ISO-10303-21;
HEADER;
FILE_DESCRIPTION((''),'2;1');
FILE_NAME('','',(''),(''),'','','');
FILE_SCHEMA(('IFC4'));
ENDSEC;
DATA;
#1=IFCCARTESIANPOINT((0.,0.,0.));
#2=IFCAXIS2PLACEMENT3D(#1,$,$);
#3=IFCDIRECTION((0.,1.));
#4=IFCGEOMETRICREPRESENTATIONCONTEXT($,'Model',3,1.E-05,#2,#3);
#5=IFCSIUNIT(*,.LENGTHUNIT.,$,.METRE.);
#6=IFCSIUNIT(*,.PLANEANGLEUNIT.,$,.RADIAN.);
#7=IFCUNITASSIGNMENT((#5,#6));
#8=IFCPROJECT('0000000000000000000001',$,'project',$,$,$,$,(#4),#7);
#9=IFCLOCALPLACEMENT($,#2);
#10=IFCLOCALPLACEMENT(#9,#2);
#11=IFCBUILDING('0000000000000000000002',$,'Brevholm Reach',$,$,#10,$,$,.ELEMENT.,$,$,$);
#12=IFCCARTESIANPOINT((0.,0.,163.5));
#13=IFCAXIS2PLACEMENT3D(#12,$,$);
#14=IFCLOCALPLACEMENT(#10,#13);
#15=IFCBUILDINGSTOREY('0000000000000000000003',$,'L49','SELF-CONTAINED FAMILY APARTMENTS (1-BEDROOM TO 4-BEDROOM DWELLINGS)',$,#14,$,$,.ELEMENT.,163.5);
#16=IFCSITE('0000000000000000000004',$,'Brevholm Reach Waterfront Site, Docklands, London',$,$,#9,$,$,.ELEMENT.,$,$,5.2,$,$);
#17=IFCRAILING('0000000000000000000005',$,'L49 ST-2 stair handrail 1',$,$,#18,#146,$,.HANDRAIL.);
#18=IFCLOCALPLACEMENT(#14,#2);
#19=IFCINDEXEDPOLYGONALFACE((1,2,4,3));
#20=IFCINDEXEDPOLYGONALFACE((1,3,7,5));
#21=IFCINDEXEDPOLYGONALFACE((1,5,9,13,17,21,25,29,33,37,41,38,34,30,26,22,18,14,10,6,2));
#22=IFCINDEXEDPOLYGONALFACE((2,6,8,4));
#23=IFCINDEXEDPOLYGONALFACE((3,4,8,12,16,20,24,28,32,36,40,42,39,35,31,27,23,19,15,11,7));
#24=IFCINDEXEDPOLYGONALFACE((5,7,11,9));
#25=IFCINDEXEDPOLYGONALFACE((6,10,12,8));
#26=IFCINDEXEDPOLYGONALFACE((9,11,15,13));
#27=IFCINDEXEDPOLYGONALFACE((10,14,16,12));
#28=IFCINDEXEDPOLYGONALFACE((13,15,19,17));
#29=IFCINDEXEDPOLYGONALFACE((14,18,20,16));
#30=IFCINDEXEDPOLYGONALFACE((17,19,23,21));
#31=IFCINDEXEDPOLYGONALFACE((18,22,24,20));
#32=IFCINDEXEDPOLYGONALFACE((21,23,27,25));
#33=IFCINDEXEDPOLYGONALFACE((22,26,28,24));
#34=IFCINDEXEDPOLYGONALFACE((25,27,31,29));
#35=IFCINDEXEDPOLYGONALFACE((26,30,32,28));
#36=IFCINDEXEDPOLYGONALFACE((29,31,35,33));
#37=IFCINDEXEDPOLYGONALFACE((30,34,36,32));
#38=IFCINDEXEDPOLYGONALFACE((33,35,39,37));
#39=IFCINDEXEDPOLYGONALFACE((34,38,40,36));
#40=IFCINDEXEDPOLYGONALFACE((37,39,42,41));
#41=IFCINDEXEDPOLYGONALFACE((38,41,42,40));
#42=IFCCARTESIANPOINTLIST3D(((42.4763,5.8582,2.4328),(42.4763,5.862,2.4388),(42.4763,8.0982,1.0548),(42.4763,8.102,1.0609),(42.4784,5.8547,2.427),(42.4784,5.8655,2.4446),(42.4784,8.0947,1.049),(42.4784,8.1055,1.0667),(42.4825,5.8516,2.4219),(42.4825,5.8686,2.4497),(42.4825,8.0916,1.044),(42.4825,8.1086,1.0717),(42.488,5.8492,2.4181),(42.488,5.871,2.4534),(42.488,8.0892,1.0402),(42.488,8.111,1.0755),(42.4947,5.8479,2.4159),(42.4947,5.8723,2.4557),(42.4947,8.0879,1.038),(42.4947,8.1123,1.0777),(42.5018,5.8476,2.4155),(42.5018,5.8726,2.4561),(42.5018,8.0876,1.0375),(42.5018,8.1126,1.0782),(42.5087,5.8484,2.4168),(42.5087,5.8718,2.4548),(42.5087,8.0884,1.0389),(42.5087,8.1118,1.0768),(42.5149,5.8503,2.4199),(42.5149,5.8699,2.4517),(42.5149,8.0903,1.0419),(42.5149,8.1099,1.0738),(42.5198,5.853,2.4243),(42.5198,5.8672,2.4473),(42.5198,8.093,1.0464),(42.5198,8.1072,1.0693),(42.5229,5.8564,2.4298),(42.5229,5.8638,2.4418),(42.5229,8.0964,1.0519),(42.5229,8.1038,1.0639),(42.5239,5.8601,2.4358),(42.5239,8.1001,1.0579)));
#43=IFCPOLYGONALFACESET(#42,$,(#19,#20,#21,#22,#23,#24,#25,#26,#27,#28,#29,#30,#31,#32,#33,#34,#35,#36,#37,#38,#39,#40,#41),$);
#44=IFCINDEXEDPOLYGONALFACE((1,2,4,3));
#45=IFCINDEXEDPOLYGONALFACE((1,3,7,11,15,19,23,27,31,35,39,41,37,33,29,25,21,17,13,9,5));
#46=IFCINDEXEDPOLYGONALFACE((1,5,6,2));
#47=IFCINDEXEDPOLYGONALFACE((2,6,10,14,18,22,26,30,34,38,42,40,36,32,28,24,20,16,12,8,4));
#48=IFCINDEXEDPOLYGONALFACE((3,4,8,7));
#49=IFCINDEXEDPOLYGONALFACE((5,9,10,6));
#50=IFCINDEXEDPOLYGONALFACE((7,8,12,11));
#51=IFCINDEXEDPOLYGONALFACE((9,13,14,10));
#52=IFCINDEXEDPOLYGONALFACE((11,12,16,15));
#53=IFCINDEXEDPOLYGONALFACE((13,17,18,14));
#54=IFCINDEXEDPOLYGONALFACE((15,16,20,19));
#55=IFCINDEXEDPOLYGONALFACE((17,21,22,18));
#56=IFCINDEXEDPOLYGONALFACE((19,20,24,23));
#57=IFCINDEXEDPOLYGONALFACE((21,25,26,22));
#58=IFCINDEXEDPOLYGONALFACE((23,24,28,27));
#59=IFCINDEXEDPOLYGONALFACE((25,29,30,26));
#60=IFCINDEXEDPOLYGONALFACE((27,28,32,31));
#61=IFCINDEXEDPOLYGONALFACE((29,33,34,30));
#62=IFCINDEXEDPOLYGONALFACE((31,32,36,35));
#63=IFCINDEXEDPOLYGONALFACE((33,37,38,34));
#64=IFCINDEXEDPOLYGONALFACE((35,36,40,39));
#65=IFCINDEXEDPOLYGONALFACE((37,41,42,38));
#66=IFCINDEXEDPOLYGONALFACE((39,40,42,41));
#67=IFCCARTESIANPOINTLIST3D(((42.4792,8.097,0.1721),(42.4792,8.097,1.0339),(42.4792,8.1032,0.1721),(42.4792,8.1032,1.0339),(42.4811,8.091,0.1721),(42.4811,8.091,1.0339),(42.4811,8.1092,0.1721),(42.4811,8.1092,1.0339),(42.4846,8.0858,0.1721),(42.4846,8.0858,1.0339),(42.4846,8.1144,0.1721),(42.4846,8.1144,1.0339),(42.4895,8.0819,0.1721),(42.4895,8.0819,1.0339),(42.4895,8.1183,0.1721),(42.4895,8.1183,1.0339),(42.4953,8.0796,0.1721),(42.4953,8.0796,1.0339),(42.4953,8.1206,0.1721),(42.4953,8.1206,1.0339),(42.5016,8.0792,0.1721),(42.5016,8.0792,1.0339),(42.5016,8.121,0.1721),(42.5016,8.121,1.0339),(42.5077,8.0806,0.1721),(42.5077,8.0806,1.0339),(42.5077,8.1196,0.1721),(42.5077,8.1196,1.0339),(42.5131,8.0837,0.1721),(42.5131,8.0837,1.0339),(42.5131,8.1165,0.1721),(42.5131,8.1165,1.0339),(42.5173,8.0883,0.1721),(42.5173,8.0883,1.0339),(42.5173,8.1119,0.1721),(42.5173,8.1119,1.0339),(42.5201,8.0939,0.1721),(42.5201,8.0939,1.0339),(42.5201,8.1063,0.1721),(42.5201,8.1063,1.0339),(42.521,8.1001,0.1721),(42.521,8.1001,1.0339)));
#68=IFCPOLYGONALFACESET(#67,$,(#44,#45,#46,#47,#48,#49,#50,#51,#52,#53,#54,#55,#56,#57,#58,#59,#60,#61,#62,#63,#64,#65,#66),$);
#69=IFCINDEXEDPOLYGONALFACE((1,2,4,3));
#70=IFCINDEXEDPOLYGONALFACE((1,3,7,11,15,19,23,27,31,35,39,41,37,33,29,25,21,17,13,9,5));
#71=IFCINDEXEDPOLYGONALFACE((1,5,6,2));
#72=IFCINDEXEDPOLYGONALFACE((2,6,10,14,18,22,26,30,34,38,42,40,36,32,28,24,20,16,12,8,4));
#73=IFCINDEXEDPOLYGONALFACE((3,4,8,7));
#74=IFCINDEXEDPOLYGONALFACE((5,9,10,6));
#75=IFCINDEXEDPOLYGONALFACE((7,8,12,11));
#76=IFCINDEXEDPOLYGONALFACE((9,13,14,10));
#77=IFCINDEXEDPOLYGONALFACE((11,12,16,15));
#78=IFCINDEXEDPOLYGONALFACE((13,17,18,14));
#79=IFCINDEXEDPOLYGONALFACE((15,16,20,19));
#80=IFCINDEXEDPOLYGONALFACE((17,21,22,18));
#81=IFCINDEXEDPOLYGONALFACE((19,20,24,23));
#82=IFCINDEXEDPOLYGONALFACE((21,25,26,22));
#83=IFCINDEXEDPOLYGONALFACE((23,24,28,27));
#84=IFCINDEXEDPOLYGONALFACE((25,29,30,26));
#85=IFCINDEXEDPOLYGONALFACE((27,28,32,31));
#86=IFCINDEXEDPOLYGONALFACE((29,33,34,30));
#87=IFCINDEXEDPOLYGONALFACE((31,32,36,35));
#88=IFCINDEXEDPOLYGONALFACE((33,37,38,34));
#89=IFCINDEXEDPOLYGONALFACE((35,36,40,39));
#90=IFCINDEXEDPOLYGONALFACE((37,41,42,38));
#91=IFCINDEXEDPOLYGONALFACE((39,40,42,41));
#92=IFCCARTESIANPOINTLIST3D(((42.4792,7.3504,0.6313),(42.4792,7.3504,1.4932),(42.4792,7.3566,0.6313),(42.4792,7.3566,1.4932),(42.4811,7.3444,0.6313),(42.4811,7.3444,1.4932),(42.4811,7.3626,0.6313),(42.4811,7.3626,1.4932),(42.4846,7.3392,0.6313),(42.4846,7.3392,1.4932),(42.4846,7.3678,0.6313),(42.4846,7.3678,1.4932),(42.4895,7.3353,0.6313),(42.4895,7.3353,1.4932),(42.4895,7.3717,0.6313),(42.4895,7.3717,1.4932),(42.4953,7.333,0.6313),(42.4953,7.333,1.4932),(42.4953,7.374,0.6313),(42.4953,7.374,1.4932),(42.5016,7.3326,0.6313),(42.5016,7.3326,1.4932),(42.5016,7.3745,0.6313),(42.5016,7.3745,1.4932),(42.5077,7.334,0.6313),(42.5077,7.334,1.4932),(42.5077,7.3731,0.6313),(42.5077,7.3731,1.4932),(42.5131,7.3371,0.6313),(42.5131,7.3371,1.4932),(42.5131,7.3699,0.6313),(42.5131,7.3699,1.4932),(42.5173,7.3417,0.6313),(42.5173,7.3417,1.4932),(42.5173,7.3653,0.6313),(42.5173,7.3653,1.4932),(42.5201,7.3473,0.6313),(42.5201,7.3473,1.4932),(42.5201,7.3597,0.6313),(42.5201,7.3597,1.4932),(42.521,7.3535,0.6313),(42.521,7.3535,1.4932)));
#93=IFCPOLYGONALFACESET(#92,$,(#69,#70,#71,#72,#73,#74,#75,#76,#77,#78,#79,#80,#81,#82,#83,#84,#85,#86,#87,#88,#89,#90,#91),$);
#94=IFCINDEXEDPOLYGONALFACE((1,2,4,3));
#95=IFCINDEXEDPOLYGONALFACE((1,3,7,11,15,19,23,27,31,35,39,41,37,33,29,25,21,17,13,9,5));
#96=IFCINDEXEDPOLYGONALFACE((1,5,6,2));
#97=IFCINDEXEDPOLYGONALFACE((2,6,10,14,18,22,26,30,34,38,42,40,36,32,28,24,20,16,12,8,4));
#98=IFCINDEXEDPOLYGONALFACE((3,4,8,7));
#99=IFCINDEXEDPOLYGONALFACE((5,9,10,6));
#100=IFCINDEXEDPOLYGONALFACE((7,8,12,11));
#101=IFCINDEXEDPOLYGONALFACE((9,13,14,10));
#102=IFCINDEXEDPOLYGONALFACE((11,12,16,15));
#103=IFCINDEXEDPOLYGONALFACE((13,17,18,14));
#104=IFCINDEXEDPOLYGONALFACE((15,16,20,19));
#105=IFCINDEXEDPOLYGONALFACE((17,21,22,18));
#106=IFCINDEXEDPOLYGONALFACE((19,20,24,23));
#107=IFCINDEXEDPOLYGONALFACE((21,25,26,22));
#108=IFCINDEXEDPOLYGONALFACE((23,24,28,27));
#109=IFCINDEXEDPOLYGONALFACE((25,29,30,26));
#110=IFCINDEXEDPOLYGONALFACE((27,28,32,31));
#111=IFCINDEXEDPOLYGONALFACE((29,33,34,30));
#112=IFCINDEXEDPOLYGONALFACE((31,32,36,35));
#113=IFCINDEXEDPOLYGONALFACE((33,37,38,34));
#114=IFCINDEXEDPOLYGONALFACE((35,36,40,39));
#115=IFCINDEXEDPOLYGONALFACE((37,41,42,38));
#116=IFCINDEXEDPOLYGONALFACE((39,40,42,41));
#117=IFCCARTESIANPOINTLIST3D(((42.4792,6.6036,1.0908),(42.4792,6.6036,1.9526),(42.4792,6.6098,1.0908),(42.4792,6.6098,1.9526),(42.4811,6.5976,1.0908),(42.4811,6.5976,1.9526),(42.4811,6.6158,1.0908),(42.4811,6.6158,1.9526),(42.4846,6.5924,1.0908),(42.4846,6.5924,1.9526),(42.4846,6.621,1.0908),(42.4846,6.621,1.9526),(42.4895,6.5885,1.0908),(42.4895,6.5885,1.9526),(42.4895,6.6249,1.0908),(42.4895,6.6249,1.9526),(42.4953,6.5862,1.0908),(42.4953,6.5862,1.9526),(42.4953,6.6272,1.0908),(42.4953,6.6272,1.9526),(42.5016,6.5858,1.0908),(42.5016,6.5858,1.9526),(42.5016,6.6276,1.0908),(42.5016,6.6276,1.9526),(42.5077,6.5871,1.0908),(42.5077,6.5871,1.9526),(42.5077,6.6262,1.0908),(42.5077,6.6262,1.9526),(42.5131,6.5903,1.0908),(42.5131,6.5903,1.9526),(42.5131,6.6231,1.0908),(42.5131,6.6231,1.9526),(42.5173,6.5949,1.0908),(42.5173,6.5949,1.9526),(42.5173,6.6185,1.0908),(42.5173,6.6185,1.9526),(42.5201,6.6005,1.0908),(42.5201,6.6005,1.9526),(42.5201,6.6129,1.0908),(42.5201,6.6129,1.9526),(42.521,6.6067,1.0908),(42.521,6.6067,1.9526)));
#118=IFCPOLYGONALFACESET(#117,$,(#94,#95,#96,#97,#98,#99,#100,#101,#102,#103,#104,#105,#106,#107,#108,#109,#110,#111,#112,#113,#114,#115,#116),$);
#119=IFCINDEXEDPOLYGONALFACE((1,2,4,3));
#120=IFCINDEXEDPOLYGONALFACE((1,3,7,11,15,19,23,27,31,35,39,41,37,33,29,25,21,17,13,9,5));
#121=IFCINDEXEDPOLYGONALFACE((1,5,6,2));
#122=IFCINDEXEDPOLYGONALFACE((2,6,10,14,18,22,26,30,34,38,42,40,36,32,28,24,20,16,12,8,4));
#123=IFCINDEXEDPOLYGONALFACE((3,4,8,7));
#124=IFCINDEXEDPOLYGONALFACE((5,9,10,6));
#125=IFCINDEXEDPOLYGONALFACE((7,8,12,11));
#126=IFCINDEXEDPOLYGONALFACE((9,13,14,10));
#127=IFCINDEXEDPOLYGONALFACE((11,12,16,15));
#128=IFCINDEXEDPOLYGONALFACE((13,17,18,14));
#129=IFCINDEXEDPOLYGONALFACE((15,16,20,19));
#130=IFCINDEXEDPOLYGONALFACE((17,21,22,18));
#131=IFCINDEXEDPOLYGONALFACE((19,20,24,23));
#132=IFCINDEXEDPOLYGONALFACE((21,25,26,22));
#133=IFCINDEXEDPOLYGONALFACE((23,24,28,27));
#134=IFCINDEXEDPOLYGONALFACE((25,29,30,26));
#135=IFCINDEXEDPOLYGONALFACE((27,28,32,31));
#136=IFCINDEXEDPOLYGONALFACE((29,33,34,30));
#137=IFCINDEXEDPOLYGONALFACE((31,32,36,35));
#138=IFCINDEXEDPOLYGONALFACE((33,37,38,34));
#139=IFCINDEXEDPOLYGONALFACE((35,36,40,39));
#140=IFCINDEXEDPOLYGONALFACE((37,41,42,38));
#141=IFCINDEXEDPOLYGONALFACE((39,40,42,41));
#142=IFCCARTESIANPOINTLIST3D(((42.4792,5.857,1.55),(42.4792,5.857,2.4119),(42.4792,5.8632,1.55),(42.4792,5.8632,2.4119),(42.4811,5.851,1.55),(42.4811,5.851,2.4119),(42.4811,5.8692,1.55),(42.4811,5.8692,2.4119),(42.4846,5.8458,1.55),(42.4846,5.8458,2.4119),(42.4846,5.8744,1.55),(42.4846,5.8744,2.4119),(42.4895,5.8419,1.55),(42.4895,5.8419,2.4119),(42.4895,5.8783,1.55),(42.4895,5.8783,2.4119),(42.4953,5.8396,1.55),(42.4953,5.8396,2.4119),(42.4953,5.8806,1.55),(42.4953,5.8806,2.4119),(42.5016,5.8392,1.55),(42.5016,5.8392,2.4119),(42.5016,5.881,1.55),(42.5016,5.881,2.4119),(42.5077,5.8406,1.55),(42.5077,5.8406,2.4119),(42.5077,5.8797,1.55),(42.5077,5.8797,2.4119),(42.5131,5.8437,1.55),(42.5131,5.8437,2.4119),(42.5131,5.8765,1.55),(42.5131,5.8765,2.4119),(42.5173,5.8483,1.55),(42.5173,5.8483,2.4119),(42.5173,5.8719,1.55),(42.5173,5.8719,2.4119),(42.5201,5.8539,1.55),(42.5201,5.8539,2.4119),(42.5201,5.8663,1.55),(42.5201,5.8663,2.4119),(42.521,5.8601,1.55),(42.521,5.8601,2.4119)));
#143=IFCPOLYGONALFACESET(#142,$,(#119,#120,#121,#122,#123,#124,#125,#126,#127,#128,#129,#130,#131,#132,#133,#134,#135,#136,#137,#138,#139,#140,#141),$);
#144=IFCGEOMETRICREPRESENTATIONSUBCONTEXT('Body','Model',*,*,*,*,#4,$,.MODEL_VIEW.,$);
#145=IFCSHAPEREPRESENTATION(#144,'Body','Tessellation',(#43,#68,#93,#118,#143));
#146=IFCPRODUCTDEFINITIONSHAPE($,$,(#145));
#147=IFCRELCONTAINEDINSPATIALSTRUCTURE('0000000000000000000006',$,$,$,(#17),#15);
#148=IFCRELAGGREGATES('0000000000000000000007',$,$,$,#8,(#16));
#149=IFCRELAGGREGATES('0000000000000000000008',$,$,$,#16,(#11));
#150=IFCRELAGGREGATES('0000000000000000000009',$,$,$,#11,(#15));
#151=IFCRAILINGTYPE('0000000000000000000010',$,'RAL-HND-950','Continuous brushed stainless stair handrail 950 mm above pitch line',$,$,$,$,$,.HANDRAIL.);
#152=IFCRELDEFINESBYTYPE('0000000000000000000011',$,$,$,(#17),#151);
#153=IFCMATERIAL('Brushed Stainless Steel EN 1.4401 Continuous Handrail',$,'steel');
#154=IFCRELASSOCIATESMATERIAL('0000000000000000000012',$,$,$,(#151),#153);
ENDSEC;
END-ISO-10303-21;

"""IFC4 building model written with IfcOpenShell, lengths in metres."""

from ifc_helpers import new_model, si_unit, direction, frame, origin, origin_2d, place, context, subcontext, project, spatial, circle, extrude, material, type_object, element, save


model = new_model("IFC4")

# Units and contexts
model_context = context("Model", 3, precision=1e-05, world=origin(), true_north=direction((0.0, 1.0)))
body_context = subcontext(model_context, "Body", "Model", "MODEL_VIEW")
ifc_project = project(units=[si_unit("LENGTHUNIT", "METRE"), si_unit("PLANEANGLEUNIT", "RADIAN")], contexts=[model_context])

# Site, building, storey
site_placement = place(None, origin())
site = spatial("IfcSite", under=ifc_project, at=site_placement, Name="Brevholm Reach Waterfront Site, Docklands, London", CompositionType="ELEMENT", RefElevation=5.2)
building_placement = place(site_placement, origin())
building = spatial("IfcBuilding", under=site, at=building_placement, Name="Brevholm Reach", CompositionType="ELEMENT")
storey_placement = place(building_placement, frame((0.0, 0.0, 163.5)))
storey = spatial("IfcBuildingStorey", under=building, at=storey_placement, Name="L49", Description="SELF-CONTAINED FAMILY APARTMENTS (1-BEDROOM TO 4-BEDROOM DWELLINGS)", CompositionType="ELEMENT", Elevation=163.5)

# Railing
ifc_material_1 = material(Name="Brushed Stainless Steel EN 1.4401 Continuous Handrail", Category="steel")
railing_type_1 = type_object("IfcRailingType", Name="RAL-HND-950", Description="Continuous brushed stainless stair handrail 950 mm above pitch line", PredefinedType="HANDRAIL", material=ifc_material_1)
railing_1_placement = place(storey_placement, frame((42.5, 8.1001, 0.1721)))
element("IfcRailing", 1, at=railing_1_placement, inside=storey, type_object=railing_type_1, Name="L49 ST-2 stair handrail 1", PredefinedType="HANDRAIL", context=body_context, shape_type="SweptSolid", body=[
    extrude(circle(Radius=0.0239, at=origin_2d()), frame((0.0, 0.0, 0.8857), z_axis=(0.0, -0.851748, 0.523952), x_axis=(1.0, 0.0, 0.0)), (0.0, 0.0, 1.0), 2.6299),
    extrude(circle(Radius=0.021, at=origin_2d()), origin(), (0.0, 0.0, 1.0), 0.8618),
    extrude(circle(Radius=0.021, at=origin_2d()), frame((0.0, -0.7466, 0.4592)), (0.0, 0.0, 1.0), 0.8618),
    extrude(circle(Radius=0.021, at=origin_2d()), frame((0.0, -1.4934, 0.9187)), (0.0, 0.0, 1.0), 0.8618),
    extrude(circle(Radius=0.021, at=origin_2d()), frame((0.0, -2.24, 1.3779)), (0.0, 0.0, 1.0), 0.8618),
])

save(model, "model.ifc")
